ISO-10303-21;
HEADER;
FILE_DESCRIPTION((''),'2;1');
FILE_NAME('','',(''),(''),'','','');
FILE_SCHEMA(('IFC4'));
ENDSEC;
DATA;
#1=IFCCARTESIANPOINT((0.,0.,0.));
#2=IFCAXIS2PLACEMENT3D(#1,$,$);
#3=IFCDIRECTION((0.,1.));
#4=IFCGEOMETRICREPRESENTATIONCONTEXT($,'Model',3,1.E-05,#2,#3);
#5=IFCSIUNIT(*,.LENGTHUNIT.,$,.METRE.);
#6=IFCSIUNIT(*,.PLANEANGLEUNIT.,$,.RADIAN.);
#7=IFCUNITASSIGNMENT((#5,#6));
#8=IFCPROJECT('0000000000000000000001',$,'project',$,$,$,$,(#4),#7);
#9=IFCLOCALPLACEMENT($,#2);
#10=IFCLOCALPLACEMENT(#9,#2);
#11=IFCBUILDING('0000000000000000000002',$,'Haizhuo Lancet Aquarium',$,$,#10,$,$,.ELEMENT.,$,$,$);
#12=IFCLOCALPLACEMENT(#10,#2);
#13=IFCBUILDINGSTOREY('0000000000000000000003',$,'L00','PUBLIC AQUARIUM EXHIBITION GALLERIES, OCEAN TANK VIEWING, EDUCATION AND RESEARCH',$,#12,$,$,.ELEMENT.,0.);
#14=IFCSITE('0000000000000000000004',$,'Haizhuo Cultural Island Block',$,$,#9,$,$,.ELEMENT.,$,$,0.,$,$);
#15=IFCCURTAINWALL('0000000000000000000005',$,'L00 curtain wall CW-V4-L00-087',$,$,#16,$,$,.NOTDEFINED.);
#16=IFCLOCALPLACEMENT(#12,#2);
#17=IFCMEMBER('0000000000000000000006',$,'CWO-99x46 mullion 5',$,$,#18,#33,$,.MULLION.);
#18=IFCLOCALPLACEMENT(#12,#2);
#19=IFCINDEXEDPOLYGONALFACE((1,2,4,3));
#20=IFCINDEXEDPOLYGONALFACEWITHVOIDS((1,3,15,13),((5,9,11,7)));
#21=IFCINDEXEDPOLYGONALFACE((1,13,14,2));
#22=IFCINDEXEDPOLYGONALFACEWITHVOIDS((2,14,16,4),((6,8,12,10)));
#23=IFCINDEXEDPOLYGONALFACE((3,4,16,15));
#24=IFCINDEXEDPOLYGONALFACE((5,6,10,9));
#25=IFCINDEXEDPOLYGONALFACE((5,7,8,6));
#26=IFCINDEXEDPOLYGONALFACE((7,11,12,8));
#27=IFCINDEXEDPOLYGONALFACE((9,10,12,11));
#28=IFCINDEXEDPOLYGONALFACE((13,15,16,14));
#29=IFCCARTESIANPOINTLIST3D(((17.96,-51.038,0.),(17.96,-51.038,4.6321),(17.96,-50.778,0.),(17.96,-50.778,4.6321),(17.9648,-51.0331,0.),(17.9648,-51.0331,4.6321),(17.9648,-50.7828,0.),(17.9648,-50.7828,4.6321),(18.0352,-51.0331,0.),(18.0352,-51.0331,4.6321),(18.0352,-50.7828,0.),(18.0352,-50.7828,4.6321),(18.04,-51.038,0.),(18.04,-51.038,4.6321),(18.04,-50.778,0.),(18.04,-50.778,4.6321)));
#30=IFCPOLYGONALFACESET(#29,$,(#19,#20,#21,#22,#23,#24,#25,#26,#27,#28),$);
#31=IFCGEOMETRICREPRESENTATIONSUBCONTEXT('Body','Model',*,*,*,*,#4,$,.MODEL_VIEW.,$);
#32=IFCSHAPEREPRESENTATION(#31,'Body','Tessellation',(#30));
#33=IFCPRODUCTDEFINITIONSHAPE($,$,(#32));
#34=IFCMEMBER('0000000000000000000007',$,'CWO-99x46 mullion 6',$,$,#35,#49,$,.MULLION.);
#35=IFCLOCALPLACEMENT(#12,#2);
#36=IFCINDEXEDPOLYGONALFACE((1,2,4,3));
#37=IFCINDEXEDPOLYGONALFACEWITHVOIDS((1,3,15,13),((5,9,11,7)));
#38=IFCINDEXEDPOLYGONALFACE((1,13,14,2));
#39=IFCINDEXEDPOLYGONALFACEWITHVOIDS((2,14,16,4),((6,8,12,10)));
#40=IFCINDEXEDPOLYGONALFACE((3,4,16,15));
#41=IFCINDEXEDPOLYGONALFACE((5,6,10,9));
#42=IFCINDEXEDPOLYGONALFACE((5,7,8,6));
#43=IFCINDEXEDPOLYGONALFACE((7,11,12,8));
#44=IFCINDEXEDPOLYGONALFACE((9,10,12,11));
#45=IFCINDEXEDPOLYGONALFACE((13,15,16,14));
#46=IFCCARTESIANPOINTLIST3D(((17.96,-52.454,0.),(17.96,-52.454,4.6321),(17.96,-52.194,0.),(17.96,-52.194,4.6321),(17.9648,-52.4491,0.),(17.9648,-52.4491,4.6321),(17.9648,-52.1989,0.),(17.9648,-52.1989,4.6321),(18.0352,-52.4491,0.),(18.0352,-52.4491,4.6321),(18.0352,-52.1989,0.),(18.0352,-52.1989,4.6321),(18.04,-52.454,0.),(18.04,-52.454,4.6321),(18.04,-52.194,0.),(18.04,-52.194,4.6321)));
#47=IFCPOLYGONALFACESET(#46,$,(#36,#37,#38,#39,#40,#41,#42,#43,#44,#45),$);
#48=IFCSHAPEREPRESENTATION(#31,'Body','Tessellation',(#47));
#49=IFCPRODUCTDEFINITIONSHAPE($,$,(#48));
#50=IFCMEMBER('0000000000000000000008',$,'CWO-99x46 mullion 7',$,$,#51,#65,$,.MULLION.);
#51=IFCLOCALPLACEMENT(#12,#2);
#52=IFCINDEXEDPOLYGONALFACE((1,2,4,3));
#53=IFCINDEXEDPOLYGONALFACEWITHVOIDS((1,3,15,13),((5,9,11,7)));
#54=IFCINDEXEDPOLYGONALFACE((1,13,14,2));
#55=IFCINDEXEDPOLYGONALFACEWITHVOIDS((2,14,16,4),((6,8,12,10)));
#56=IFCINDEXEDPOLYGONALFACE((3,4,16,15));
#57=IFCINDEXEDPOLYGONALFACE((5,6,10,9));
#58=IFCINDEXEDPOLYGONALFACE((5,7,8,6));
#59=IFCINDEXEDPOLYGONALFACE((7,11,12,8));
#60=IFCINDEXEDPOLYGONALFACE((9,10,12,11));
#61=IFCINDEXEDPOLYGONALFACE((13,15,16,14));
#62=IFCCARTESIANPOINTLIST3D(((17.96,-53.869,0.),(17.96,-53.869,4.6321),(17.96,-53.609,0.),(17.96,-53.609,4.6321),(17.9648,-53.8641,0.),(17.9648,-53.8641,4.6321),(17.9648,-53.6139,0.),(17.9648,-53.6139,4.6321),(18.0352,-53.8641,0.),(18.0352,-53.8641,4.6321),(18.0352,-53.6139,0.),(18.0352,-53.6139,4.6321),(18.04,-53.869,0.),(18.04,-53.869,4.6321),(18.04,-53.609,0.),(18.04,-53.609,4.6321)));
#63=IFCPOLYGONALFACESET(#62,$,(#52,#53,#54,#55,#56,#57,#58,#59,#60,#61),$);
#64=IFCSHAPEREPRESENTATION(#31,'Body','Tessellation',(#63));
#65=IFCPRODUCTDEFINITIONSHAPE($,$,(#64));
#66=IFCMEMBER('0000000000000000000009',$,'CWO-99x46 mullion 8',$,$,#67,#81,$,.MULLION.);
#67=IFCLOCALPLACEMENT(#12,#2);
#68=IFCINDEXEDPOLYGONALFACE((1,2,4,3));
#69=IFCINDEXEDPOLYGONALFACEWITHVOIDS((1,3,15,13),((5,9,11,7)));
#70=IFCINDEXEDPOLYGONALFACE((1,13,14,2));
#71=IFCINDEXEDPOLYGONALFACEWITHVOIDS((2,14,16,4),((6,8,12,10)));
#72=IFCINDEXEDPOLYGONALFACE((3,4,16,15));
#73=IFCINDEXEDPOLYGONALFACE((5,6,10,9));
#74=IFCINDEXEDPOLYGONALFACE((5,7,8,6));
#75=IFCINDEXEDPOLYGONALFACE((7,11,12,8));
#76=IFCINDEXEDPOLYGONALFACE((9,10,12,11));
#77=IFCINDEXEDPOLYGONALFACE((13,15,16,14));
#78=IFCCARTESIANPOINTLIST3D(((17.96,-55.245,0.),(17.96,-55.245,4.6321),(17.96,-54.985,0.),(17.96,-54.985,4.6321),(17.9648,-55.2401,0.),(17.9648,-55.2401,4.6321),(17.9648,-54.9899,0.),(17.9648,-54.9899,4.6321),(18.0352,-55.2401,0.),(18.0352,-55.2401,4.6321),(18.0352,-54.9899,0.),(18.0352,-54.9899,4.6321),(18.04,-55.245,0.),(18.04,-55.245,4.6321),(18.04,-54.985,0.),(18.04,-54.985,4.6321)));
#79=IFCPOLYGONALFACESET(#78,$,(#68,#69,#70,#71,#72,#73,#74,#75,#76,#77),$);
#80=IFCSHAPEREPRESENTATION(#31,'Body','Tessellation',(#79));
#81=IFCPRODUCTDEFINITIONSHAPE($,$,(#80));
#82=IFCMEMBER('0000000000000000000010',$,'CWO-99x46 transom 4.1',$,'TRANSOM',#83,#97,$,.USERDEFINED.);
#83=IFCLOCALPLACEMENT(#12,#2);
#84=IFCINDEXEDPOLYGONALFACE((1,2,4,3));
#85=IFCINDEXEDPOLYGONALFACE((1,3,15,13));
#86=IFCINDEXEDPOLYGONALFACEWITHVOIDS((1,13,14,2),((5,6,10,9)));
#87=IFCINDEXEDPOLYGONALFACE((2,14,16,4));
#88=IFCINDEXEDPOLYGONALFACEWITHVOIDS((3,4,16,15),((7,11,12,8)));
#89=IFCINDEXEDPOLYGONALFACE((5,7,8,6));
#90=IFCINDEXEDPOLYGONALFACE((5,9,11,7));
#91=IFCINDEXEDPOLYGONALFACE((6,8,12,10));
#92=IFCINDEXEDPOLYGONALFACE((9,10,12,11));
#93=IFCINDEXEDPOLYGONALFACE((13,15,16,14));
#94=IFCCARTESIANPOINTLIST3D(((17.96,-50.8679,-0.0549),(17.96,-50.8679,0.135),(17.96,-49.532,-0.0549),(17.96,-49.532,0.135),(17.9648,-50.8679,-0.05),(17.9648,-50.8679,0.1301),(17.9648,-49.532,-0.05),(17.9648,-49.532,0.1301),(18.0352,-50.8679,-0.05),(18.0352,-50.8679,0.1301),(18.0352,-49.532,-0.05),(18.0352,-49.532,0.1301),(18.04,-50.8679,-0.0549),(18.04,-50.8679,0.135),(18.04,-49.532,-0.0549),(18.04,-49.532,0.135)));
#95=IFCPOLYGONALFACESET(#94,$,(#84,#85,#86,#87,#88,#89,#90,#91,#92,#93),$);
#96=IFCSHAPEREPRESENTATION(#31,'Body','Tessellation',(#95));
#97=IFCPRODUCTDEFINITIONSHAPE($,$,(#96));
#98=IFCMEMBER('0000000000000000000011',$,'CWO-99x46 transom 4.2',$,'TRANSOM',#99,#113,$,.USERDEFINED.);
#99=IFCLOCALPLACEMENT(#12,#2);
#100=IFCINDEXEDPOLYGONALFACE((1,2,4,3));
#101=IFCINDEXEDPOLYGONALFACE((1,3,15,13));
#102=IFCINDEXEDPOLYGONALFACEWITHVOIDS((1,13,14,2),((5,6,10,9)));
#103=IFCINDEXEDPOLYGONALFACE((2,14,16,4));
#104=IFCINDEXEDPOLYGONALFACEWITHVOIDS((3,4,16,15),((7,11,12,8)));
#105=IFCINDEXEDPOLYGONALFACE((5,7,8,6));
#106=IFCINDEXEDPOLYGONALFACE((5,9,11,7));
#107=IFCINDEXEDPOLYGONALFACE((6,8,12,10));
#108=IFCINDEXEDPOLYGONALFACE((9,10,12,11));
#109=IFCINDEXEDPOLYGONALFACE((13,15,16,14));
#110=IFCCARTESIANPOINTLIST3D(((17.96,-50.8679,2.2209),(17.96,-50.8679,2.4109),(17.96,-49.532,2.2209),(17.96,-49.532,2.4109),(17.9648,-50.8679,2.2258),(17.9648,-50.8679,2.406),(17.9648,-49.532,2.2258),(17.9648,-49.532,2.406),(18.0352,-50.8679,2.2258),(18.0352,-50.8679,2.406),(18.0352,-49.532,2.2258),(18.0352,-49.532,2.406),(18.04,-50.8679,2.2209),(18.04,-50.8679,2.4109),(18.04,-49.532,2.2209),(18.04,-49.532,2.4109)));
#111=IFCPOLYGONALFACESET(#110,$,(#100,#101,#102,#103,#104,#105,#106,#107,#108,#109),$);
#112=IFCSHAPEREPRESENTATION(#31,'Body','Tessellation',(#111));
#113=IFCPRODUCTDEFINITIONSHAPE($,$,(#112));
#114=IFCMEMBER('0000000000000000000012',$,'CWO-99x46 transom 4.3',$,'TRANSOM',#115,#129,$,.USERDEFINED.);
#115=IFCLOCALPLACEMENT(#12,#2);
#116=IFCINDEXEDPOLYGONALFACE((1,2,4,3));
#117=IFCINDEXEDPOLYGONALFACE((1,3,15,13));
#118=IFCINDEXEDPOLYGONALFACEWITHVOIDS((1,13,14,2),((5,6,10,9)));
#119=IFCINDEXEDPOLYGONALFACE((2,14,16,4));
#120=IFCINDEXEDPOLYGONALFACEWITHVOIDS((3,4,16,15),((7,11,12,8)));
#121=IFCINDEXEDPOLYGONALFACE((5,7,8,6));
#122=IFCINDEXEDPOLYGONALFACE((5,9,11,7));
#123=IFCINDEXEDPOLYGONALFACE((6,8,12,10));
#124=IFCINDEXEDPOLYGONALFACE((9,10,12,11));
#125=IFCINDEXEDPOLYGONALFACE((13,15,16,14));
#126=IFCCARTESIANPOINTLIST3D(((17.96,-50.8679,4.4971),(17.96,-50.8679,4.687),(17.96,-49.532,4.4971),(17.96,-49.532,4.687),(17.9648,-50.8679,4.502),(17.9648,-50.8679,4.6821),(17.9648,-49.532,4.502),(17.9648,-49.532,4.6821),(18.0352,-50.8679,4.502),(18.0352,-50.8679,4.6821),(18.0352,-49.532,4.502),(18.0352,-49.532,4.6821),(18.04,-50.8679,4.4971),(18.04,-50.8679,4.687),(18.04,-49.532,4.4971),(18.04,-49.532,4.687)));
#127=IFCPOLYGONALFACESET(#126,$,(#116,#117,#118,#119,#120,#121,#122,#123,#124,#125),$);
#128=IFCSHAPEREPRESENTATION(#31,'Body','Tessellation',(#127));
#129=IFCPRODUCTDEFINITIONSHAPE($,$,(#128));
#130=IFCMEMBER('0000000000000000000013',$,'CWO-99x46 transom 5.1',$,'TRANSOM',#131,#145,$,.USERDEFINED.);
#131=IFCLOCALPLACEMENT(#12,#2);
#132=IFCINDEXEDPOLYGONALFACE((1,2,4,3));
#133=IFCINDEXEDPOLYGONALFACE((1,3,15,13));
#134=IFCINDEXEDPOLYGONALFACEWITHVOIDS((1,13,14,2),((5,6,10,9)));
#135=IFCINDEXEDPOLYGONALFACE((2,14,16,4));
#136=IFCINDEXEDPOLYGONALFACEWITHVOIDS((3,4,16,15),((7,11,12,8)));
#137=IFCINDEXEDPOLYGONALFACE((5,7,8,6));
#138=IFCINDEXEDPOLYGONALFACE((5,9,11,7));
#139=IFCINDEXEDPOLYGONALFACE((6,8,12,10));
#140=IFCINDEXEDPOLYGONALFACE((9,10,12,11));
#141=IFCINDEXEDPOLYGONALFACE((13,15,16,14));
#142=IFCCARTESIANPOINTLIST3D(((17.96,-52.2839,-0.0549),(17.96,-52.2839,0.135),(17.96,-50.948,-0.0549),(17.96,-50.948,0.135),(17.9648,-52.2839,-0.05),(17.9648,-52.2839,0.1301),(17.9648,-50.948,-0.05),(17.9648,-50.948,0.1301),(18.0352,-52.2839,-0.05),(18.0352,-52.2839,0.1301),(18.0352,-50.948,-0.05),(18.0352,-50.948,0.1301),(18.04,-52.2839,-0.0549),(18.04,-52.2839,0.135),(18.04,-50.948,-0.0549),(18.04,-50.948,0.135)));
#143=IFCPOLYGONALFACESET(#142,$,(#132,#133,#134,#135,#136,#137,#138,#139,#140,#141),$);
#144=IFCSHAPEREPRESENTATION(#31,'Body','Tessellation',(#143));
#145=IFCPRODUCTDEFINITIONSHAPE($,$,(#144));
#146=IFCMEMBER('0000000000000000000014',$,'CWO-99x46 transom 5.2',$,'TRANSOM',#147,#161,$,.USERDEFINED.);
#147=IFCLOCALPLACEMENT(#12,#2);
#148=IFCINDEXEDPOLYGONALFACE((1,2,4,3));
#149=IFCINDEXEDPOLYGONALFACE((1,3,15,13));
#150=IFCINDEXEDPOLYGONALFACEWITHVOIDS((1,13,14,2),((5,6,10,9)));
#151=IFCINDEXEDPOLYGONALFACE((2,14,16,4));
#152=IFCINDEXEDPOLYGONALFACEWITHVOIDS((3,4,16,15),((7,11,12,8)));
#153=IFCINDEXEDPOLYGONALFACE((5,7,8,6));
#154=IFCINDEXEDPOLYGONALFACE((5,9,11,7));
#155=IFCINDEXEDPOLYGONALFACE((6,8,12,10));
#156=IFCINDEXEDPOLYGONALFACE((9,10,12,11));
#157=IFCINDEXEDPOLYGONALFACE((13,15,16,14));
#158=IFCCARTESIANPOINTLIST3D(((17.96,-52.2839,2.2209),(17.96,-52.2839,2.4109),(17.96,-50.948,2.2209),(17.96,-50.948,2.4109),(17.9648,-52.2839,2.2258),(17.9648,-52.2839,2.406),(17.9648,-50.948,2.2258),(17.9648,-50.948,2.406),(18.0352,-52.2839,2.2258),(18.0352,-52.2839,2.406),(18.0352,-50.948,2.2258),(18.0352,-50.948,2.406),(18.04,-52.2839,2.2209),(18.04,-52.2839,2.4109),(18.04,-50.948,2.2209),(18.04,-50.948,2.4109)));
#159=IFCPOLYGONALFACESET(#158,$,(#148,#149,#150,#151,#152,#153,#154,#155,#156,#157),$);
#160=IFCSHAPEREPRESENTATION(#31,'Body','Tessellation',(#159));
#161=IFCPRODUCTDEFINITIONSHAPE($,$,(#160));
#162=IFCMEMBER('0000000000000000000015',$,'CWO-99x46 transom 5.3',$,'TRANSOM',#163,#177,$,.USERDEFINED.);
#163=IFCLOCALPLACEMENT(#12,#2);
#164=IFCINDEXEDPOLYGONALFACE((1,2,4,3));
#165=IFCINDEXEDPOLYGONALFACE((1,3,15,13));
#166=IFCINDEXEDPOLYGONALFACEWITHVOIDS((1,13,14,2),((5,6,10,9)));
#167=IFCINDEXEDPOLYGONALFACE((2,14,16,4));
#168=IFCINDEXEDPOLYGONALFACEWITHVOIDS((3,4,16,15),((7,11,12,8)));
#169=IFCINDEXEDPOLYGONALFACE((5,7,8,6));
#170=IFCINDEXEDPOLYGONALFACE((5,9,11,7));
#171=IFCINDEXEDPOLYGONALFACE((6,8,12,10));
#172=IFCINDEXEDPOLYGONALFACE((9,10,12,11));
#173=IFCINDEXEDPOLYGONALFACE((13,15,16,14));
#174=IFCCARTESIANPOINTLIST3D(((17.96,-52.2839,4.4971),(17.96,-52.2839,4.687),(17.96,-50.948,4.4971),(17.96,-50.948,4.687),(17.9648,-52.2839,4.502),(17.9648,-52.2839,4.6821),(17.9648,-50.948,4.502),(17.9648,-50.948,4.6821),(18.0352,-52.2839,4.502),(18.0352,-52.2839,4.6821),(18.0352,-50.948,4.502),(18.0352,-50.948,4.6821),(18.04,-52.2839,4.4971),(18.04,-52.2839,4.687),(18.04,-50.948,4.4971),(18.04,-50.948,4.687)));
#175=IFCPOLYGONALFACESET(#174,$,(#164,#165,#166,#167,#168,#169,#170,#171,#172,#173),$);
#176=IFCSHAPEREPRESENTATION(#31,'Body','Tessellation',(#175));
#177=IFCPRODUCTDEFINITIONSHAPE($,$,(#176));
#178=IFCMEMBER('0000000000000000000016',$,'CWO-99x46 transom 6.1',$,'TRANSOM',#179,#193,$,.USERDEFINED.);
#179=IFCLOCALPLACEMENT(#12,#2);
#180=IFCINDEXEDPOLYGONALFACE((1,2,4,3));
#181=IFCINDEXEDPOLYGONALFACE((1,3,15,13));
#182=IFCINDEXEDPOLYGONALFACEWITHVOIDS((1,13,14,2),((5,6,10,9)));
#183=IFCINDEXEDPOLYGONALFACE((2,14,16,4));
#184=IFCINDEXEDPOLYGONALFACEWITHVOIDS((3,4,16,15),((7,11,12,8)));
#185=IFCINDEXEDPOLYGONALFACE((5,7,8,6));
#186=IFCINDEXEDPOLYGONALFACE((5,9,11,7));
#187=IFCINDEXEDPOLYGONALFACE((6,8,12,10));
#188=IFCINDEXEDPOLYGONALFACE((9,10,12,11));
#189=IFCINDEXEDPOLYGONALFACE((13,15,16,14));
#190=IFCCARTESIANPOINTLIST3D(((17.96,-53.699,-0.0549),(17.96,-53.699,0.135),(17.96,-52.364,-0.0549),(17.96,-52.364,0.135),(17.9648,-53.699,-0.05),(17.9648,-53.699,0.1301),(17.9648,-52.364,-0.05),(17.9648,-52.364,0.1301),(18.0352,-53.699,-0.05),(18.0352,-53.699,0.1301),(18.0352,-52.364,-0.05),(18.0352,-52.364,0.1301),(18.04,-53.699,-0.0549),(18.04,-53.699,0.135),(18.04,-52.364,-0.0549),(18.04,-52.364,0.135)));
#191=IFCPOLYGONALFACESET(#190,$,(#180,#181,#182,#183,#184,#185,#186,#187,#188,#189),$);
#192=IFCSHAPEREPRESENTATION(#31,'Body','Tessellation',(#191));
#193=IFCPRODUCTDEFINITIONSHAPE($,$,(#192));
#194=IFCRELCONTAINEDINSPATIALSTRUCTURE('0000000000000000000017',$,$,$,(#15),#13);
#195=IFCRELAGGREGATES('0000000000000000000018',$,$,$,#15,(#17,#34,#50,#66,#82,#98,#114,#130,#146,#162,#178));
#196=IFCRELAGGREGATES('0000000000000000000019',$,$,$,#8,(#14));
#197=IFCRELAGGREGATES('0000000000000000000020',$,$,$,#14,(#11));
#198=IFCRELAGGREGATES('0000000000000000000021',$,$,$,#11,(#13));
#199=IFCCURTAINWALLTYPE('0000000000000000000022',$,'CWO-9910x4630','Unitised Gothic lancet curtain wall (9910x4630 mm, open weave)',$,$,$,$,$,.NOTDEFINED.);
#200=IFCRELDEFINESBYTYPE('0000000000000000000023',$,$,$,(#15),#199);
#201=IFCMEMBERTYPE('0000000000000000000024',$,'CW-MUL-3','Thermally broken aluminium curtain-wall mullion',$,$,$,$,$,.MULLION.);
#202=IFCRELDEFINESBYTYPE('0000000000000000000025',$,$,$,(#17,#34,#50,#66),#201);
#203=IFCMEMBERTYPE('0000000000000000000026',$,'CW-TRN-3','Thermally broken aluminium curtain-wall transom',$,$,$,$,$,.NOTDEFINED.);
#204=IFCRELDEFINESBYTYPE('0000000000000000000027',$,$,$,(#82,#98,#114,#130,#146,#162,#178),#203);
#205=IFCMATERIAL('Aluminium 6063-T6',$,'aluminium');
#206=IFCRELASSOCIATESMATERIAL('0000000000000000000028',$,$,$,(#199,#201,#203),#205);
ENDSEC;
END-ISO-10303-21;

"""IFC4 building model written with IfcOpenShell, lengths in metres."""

from ifc_helpers import new_model, si_unit, direction, frame, origin, origin_2d, place, context, subcontext, project, spatial, hollow_rectangle, extrude, material, material_profile, profile_set, type_object, element, aggregate, save


model = new_model("IFC4")

# Units and contexts
model_context = context("Model", 3, precision=1e-05, world=origin(), true_north=direction((0.0, 1.0)))
body_context = subcontext(model_context, "Body", "Model", "MODEL_VIEW")
ifc_project = project(units=[si_unit("LENGTHUNIT", "METRE"), si_unit("PLANEANGLEUNIT", "RADIAN")], contexts=[model_context])

# Site, building, storey
site_placement = place(None, origin())
site = spatial("IfcSite", under=ifc_project, at=site_placement, Name="Haizhuo Cultural Island Block", CompositionType="ELEMENT", RefElevation=0.0)
building_placement = place(site_placement, origin())
building = spatial("IfcBuilding", under=site, at=building_placement, Name="Haizhuo Lancet Aquarium", CompositionType="ELEMENT")
storey_placement = place(building_placement, origin())
storey = spatial("IfcBuildingStorey", under=building, at=storey_placement, Name="L00", Description="PUBLIC AQUARIUM EXHIBITION GALLERIES, OCEAN TANK VIEWING, EDUCATION AND RESEARCH", CompositionType="ELEMENT", Elevation=0.0)

# Curtain wall, members
ifc_material_1 = material(Name="Aluminium 6063-T6", Category="aluminium")
curtain_wall_type = type_object("IfcCurtainWallType", Name="CWO-9910x4630", Description="Unitised Gothic lancet curtain wall (9910x4630 mm, open weave)", PredefinedType="NOTDEFINED", material=ifc_material_1)
curtain_wall_placement = place(storey_placement, origin())
curtain_wall = element("IfcCurtainWall", 1, at=curtain_wall_placement, inside=storey, type_object=curtain_wall_type, Name="L00 curtain wall CW-V4-L00-087", PredefinedType="NOTDEFINED")
ifc_material_profile_1 = material_profile(ifc_material_1, hollow_rectangle(XDim=0.0801, YDim=0.26, WallThickness=0.0049, at=origin_2d()), Name="ALU-M 80x260x5")
ifc_profile_set_1 = profile_set([ifc_material_profile_1], Name="Aluminium 6063-T6")
member_type_1 = type_object("IfcMemberType", Name="CW-MUL-3", Description="Thermally broken aluminium curtain-wall mullion", PredefinedType="MULLION", material=ifc_profile_set_1)
member_1_placement = place(storey_placement, frame((18.0, -50.908, 0.0), z_axis=(0.0, 0.0, 1.0), x_axis=(1.0, 0.0, 0.0)))
member_1 = element("IfcMember", 2, at=member_1_placement, type_object=member_type_1, Name="CWO-99x46 mullion 5", PredefinedType="MULLION", context=body_context, shape_type="SweptSolid", body=[
    extrude(hollow_rectangle(XDim=0.0801, YDim=0.26, WallThickness=0.0049, at=origin_2d()), origin(), (0.0, 0.0, 1.0), 4.6321),
])
member_2_placement = place(storey_placement, frame((18.0, -52.324, 0.0), z_axis=(0.0, 0.0, 1.0), x_axis=(1.0, 0.0, 0.0)))
member_2 = element("IfcMember", 3, at=member_2_placement, type_object=member_type_1, Name="CWO-99x46 mullion 6", PredefinedType="MULLION", context=body_context, shape_type="SweptSolid", body=[
    extrude(hollow_rectangle(XDim=0.0801, YDim=0.26, WallThickness=0.0049, at=origin_2d()), origin(), (0.0, 0.0, 1.0), 4.6321),
])
member_3_placement = place(storey_placement, frame((18.0, -53.739, 0.0), z_axis=(0.0, 0.0, 1.0), x_axis=(1.0, 0.0, 0.0)))
member_3 = element("IfcMember", 4, at=member_3_placement, type_object=member_type_1, Name="CWO-99x46 mullion 7", PredefinedType="MULLION", context=body_context, shape_type="SweptSolid", body=[
    extrude(hollow_rectangle(XDim=0.0801, YDim=0.26, WallThickness=0.0049, at=origin_2d()), origin(), (0.0, 0.0, 1.0), 4.6321),
])
member_4_placement = place(storey_placement, frame((18.0, -55.115, 0.0), z_axis=(0.0, 0.0, 1.0), x_axis=(1.0, 0.0, 0.0)))
member_4 = element("IfcMember", 5, at=member_4_placement, type_object=member_type_1, Name="CWO-99x46 mullion 8", PredefinedType="MULLION", context=body_context, shape_type="SweptSolid", body=[
    extrude(hollow_rectangle(XDim=0.0801, YDim=0.26, WallThickness=0.0049, at=origin_2d()), origin(), (0.0, 0.0, 1.0), 4.6321),
])
ifc_material_profile_2 = material_profile(ifc_material_1, hollow_rectangle(XDim=0.0801, YDim=0.1899, WallThickness=0.0049, at=origin_2d()), Name="ALU-T 80x190x5")
ifc_profile_set_2 = profile_set([ifc_material_profile_2], Name="Aluminium 6063-T6")
member_type_2 = type_object("IfcMemberType", Name="CW-TRN-3", Description="Thermally broken aluminium curtain-wall transom", PredefinedType="NOTDEFINED", material=ifc_profile_set_2)
member_5_placement = place(storey_placement, frame((18.0, -49.532, 0.04), z_axis=(0.0, -1.0, 0.0), x_axis=(1.0, 0.0, 0.0)))
member_5 = element("IfcMember", 6, at=member_5_placement, type_object=member_type_2, Name="CWO-99x46 transom 4.1", ObjectType="TRANSOM", PredefinedType="USERDEFINED", context=body_context, shape_type="SweptSolid", body=[
    extrude(hollow_rectangle(XDim=0.0801, YDim=0.1899, WallThickness=0.0049, at=origin_2d()), origin(), (0.0, 0.0, 1.0), 1.3359),
])
member_6_placement = place(storey_placement, frame((18.0, -49.532, 2.3159), z_axis=(0.0, -1.0, 0.0), x_axis=(1.0, 0.0, 0.0)))
member_6 = element("IfcMember", 7, at=member_6_placement, type_object=member_type_2, Name="CWO-99x46 transom 4.2", ObjectType="TRANSOM", PredefinedType="USERDEFINED", context=body_context, shape_type="SweptSolid", body=[
    extrude(hollow_rectangle(XDim=0.0801, YDim=0.1899, WallThickness=0.0049, at=origin_2d()), origin(), (0.0, 0.0, 1.0), 1.3359),
])
member_7_placement = place(storey_placement, frame((18.0, -49.532, 4.592), z_axis=(0.0, -1.0, 0.0), x_axis=(1.0, 0.0, 0.0)))
member_7 = element("IfcMember", 8, at=member_7_placement, type_object=member_type_2, Name="CWO-99x46 transom 4.3", ObjectType="TRANSOM", PredefinedType="USERDEFINED", context=body_context, shape_type="SweptSolid", body=[
    extrude(hollow_rectangle(XDim=0.0801, YDim=0.1899, WallThickness=0.0049, at=origin_2d()), origin(), (0.0, 0.0, 1.0), 1.3359),
])
member_8_placement = place(storey_placement, frame((18.0, -50.948, 0.04), z_axis=(0.0, -1.0, 0.0), x_axis=(1.0, 0.0, 0.0)))
member_8 = element("IfcMember", 9, at=member_8_placement, type_object=member_type_2, Name="CWO-99x46 transom 5.1", ObjectType="TRANSOM", PredefinedType="USERDEFINED", context=body_context, shape_type="SweptSolid", body=[
    extrude(hollow_rectangle(XDim=0.0801, YDim=0.1899, WallThickness=0.0049, at=origin_2d()), origin(), (0.0, 0.0, 1.0), 1.3359),
])
member_9_placement = place(storey_placement, frame((18.0, -50.948, 2.3159), z_axis=(0.0, -1.0, 0.0), x_axis=(1.0, 0.0, 0.0)))
member_9 = element("IfcMember", 10, at=member_9_placement, type_object=member_type_2, Name="CWO-99x46 transom 5.2", ObjectType="TRANSOM", PredefinedType="USERDEFINED", context=body_context, shape_type="SweptSolid", body=[
    extrude(hollow_rectangle(XDim=0.0801, YDim=0.1899, WallThickness=0.0049, at=origin_2d()), origin(), (0.0, 0.0, 1.0), 1.3359),
])
member_10_placement = place(storey_placement, frame((18.0, -50.948, 4.592), z_axis=(0.0, -1.0, 0.0), x_axis=(1.0, 0.0, 0.0)))
member_10 = element("IfcMember", 11, at=member_10_placement, type_object=member_type_2, Name="CWO-99x46 transom 5.3", ObjectType="TRANSOM", PredefinedType="USERDEFINED", context=body_context, shape_type="SweptSolid", body=[
    extrude(hollow_rectangle(XDim=0.0801, YDim=0.1899, WallThickness=0.0049, at=origin_2d()), origin(), (0.0, 0.0, 1.0), 1.3359),
])
member_11_placement = place(storey_placement, frame((18.0, -52.364, 0.04), z_axis=(0.0, -1.0, 0.0), x_axis=(1.0, 0.0, 0.0)))
member_11 = element("IfcMember", 12, at=member_11_placement, type_object=member_type_2, Name="CWO-99x46 transom 6.1", ObjectType="TRANSOM", PredefinedType="USERDEFINED", context=body_context, shape_type="SweptSolid", body=[
    extrude(hollow_rectangle(XDim=0.0801, YDim=0.1899, WallThickness=0.0049, at=origin_2d()), origin(), (0.0, 0.0, 1.0), 1.335),
])

aggregate(curtain_wall, [member_1, member_2, member_3, member_4, member_5, member_6, member_7, member_8, member_9, member_10, member_11])

save(model, "model.ifc")
